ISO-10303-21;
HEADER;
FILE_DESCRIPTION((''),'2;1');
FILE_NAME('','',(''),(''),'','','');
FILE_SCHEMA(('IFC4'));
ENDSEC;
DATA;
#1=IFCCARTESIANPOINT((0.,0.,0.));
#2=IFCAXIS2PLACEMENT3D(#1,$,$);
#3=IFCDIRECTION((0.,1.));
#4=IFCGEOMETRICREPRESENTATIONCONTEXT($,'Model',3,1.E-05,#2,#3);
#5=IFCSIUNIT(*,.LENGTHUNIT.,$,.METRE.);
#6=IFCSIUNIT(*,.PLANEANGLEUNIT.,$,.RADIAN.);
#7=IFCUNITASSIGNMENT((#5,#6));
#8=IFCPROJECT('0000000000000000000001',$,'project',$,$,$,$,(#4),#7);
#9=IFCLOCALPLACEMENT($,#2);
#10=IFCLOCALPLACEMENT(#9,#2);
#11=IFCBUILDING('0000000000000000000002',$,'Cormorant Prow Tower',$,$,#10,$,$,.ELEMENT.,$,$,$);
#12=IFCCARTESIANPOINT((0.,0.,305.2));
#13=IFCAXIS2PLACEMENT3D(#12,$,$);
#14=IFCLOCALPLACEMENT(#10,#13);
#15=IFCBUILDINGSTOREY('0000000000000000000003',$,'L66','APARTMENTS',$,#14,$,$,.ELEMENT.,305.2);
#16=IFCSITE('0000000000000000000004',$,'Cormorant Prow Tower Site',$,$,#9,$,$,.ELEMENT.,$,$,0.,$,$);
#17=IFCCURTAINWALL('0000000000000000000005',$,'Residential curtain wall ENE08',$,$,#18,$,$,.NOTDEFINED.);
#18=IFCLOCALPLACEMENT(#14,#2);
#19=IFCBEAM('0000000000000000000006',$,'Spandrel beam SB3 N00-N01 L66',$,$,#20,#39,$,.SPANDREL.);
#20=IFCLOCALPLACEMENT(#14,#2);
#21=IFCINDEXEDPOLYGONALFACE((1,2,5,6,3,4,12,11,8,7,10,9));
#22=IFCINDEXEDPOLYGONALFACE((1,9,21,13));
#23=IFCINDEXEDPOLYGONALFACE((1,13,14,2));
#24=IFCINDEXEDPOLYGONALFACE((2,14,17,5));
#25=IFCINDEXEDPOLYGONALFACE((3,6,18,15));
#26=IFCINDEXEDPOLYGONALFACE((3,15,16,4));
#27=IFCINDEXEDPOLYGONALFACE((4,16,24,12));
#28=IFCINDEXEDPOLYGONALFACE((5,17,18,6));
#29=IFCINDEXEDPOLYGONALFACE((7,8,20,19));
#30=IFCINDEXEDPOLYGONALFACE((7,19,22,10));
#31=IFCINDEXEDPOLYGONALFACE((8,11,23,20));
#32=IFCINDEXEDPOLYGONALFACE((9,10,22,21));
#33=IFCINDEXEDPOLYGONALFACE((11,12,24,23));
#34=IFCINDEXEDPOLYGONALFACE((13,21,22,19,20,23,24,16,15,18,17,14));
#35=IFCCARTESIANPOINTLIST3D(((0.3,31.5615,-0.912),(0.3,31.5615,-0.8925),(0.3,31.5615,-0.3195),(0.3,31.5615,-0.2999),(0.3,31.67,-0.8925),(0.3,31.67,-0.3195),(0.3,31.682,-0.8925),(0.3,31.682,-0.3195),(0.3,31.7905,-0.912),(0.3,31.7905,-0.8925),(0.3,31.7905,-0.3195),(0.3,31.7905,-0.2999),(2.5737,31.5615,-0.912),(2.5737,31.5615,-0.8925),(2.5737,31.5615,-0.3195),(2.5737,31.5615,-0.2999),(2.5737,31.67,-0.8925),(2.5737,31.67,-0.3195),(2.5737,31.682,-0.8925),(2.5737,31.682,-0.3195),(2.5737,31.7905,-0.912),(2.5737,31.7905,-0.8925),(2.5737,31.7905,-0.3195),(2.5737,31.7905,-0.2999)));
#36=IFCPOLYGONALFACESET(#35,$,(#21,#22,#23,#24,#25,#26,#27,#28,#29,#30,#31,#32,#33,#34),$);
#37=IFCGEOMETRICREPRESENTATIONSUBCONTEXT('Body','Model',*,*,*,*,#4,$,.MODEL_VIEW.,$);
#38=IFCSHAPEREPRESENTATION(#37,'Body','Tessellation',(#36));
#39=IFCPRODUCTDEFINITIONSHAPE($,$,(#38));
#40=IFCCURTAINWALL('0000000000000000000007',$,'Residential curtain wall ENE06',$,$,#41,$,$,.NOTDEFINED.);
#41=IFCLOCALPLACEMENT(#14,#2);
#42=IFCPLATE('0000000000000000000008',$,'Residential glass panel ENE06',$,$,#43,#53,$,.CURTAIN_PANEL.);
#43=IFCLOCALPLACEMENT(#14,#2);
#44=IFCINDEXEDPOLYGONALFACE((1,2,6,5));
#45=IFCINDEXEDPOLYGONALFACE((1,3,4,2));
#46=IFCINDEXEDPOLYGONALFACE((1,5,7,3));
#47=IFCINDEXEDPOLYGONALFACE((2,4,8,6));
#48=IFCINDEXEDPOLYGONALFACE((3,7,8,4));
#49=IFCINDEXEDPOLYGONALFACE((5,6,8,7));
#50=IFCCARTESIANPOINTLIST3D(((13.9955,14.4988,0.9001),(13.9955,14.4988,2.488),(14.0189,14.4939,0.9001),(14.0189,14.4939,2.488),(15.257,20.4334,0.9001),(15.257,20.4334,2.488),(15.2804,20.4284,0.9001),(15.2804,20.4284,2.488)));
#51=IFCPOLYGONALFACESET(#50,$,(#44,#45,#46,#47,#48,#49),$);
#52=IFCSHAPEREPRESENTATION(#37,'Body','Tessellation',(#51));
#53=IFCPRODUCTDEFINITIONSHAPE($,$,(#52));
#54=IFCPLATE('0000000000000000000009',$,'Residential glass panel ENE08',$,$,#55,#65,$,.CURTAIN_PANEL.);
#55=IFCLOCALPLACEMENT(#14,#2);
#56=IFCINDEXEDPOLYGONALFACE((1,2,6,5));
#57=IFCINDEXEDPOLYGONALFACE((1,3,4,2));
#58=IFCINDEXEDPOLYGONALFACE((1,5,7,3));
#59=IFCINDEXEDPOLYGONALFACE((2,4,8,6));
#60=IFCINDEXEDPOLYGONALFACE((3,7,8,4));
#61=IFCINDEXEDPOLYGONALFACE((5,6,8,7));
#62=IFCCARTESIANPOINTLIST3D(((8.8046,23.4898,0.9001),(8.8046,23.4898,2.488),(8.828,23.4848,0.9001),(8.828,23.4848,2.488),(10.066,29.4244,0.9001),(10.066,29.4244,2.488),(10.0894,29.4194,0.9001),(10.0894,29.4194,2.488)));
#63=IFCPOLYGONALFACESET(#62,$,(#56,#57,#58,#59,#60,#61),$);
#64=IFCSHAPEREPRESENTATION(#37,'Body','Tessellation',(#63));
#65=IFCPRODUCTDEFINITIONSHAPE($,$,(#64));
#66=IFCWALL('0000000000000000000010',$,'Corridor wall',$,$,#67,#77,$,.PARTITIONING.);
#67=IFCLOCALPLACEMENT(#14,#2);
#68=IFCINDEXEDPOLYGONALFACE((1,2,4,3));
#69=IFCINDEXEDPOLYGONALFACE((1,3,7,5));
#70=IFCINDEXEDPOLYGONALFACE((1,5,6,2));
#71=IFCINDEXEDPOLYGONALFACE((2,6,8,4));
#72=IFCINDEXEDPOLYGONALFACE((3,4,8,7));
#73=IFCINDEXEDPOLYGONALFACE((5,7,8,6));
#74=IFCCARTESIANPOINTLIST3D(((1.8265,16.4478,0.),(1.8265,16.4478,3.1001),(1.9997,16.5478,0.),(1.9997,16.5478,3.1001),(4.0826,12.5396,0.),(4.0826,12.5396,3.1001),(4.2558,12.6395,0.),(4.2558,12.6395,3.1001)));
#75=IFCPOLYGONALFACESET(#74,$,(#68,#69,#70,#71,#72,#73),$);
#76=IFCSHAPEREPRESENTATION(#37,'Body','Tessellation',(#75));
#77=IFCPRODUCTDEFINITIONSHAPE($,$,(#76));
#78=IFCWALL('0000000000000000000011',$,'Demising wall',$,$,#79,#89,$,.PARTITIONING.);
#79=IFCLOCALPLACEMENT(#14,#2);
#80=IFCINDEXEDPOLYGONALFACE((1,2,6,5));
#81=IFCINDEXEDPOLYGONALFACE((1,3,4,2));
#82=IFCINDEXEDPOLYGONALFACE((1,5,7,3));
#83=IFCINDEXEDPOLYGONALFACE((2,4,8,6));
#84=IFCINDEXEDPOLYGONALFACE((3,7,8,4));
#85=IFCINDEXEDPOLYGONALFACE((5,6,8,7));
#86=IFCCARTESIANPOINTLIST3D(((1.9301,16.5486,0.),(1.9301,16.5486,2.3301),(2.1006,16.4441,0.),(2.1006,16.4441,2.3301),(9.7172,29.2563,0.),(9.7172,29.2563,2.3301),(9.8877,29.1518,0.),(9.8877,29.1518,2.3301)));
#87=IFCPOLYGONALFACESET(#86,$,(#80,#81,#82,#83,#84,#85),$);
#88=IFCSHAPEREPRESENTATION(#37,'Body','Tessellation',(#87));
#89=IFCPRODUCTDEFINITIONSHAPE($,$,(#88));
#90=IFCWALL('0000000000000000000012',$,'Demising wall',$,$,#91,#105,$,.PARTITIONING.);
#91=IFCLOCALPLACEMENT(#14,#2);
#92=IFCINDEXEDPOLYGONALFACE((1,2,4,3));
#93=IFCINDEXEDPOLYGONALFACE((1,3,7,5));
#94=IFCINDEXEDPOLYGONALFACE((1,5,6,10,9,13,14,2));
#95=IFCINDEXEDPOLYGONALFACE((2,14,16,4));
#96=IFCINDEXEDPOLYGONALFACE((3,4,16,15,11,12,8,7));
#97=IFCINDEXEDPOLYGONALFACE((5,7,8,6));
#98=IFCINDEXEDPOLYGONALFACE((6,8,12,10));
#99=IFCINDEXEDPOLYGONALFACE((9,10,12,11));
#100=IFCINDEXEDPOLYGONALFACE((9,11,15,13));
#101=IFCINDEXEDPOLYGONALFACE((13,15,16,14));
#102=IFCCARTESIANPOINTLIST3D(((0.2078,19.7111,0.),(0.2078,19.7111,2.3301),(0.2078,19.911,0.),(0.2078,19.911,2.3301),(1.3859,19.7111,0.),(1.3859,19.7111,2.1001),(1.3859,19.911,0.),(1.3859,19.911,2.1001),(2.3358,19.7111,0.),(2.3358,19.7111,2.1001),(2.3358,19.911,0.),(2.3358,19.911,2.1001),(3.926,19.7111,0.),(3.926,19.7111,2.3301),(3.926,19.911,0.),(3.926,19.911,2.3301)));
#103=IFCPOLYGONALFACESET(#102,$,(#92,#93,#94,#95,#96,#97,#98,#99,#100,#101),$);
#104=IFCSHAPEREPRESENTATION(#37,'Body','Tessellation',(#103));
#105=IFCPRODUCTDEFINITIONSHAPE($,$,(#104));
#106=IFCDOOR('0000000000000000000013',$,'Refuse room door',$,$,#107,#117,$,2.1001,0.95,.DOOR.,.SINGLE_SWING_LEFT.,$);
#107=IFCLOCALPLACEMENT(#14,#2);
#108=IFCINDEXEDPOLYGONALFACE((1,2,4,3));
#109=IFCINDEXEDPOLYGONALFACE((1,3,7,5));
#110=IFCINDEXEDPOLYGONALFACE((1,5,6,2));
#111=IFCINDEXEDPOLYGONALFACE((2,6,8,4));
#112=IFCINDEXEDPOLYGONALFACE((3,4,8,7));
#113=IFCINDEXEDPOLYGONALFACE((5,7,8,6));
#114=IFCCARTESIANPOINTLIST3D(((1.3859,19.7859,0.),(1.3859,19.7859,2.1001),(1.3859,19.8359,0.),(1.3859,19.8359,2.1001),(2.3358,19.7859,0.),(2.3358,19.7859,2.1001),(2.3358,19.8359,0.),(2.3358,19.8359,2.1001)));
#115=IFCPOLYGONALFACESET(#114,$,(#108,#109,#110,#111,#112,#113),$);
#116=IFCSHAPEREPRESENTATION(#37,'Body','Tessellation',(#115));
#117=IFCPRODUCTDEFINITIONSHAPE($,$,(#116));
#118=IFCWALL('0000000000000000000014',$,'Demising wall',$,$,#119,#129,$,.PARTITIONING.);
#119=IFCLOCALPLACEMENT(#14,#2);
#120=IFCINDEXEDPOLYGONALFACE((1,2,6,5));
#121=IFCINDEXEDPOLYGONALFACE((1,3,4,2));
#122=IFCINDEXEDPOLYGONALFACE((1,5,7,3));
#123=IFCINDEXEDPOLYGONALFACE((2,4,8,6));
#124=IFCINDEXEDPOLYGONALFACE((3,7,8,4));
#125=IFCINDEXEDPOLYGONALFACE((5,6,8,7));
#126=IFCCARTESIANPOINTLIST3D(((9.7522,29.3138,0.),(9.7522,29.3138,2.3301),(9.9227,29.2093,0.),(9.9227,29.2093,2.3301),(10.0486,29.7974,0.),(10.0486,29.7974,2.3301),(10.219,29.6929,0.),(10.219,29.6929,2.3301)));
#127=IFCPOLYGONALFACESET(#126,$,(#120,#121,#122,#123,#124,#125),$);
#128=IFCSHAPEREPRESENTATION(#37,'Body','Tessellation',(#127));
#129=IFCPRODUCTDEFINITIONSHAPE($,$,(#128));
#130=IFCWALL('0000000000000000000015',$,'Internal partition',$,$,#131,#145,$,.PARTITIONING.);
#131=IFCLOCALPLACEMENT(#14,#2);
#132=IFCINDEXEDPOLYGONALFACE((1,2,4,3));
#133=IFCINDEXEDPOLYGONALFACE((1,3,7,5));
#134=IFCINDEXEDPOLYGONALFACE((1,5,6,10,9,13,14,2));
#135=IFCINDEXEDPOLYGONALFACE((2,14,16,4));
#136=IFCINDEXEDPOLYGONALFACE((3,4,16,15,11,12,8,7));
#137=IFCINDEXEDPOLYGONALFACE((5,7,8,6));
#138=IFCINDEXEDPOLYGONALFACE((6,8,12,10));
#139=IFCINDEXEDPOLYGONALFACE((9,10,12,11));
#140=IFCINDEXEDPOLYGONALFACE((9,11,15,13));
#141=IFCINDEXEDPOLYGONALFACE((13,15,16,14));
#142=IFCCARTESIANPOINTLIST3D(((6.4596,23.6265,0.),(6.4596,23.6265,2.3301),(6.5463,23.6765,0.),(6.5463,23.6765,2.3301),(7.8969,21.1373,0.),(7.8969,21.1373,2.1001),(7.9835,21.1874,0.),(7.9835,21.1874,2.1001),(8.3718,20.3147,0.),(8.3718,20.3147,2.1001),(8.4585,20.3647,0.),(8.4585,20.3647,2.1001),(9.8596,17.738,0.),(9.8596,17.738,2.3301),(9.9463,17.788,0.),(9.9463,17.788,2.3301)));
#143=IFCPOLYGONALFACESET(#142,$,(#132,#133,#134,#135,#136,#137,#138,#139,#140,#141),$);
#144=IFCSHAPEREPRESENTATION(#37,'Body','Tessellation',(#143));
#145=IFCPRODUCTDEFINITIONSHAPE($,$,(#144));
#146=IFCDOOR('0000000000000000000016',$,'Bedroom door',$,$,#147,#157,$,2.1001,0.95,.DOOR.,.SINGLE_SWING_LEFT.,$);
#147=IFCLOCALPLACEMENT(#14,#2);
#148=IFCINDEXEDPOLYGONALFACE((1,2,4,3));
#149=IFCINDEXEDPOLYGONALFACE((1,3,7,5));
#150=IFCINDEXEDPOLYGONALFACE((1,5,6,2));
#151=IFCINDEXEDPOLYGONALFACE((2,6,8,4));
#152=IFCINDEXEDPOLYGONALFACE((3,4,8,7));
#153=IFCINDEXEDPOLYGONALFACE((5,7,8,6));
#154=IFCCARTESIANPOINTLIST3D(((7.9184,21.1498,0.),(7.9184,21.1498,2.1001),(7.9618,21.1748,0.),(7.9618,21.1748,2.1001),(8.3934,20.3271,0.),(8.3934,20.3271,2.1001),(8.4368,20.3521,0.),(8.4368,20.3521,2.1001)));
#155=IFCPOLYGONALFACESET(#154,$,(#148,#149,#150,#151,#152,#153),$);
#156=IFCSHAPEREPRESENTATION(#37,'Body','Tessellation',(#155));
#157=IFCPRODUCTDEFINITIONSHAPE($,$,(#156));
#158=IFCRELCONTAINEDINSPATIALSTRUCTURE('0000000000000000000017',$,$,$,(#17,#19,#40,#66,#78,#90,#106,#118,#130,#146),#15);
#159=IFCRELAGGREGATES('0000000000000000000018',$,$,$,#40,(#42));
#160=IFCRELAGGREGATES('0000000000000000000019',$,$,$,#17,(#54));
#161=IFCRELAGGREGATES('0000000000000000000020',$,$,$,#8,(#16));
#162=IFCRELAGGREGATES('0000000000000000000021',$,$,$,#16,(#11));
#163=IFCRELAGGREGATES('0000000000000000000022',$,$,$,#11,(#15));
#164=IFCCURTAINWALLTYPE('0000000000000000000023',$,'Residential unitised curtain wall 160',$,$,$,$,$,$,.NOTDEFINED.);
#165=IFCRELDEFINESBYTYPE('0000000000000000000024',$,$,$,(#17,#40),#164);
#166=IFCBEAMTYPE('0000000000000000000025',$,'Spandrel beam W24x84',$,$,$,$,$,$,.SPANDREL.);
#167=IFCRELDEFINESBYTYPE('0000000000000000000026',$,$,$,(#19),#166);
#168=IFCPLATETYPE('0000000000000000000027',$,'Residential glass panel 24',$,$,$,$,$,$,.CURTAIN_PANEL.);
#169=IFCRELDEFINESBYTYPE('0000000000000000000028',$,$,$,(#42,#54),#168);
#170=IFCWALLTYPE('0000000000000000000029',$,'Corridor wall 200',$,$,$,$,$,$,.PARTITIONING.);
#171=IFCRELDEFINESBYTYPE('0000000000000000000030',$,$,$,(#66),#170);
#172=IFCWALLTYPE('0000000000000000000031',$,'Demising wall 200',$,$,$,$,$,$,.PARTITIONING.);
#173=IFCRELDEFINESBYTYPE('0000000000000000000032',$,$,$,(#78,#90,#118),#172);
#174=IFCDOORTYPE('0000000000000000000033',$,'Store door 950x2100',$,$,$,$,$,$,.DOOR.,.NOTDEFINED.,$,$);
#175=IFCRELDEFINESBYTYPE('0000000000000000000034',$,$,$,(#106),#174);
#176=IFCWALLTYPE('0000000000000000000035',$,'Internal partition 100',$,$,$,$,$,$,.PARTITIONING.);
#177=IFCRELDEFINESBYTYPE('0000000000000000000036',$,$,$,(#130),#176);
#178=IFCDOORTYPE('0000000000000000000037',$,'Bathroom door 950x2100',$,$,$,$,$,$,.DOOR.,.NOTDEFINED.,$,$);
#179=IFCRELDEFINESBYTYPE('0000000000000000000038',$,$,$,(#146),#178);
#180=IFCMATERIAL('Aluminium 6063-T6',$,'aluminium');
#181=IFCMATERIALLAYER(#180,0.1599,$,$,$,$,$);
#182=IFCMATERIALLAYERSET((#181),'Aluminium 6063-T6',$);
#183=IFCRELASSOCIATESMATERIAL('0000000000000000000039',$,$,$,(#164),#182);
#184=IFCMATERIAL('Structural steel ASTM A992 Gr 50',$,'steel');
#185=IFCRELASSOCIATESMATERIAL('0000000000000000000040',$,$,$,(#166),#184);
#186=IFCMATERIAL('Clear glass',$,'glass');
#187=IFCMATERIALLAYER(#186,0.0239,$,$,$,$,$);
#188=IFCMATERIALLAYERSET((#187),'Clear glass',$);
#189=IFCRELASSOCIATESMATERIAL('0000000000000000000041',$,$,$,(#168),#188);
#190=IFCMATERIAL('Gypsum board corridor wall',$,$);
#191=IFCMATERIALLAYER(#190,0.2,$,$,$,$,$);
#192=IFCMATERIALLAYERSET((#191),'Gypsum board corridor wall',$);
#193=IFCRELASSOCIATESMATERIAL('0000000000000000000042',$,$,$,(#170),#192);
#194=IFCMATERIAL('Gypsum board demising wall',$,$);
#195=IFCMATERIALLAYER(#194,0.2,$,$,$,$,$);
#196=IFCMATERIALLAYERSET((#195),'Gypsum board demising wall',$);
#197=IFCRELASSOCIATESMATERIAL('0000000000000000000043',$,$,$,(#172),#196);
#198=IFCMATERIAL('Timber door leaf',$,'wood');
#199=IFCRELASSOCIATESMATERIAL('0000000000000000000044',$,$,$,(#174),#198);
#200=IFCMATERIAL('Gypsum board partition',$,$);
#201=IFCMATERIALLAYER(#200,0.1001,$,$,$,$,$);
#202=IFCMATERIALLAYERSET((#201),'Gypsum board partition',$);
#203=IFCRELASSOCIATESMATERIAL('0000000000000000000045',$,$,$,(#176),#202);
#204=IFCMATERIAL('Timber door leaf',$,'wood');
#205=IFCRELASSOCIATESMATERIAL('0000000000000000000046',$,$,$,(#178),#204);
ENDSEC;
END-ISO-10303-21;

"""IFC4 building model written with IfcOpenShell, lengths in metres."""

from ifc_helpers import new_model, si_unit, direction, frame, frame_2d, origin, origin_2d, place, context, subcontext, project, spatial, rectangle, i_section, extrude, material, layer, layer_set, material_profile, profile_set, type_object, element, fill, aggregate, save


model = new_model("IFC4")

# Units and contexts
model_context = context("Model", 3, precision=1e-05, world=origin(), true_north=direction((0.0, 1.0)))
body_context = subcontext(model_context, "Body", "Model", "MODEL_VIEW")
ifc_project = project(units=[si_unit("LENGTHUNIT", "METRE"), si_unit("PLANEANGLEUNIT", "RADIAN")], contexts=[model_context])

# Site, building, storey
site_placement = place(None, origin())
site = spatial("IfcSite", under=ifc_project, at=site_placement, Name="Cormorant Prow Tower Site", CompositionType="ELEMENT", RefElevation=0.0)
building_placement = place(site_placement, origin())
building = spatial("IfcBuilding", under=site, at=building_placement, Name="Cormorant Prow Tower", CompositionType="ELEMENT")
storey_placement = place(building_placement, frame((0.0, 0.0, 305.2)))
storey = spatial("IfcBuildingStorey", under=building, at=storey_placement, Name="L66", Description="APARTMENTS", CompositionType="ELEMENT", Elevation=305.2)

# Curtain wall
ifc_material_1 = material(Name="Aluminium 6063-T6", Category="aluminium")
ifc_layer_1 = layer(ifc_material_1, 0.1599)
ifc_layer_set_1 = layer_set([ifc_layer_1], Name="Aluminium 6063-T6")
curtain_wall_type = type_object("IfcCurtainWallType", Name="Residential unitised curtain wall 160", PredefinedType="NOTDEFINED", material=ifc_layer_set_1)
curtain_wall_1_placement = place(storey_placement, origin())
curtain_wall_1 = element("IfcCurtainWall", 1, at=curtain_wall_1_placement, inside=storey, type_object=curtain_wall_type, Name="Residential curtain wall ENE08", PredefinedType="NOTDEFINED")

# Beam
ifc_material_2 = material(Name="Structural steel ASTM A992 Gr 50", Category="steel")
ifc_material_profile_1 = material_profile(ifc_material_2, i_section(OverallWidth=0.229, OverallDepth=0.6121, WebThickness=0.012, FlangeThickness=0.0195, at=origin_2d()), Name="W24x84")
ifc_profile_set_1 = profile_set([ifc_material_profile_1], Name="Structural steel ASTM A992 Gr 50")
beam_type = type_object("IfcBeamType", Name="Spandrel beam W24x84", PredefinedType="SPANDREL", material=ifc_profile_set_1)
beam_1_placement = place(storey_placement, frame((2.5737, 31.676, -0.606), z_axis=(-1.0, 0.0, 0.0), x_axis=(0.0, -1.0, 0.0)))
element("IfcBeam", 2, at=beam_1_placement, inside=storey, type_object=beam_type, Name="Spandrel beam SB3 N00-N01 L66", PredefinedType="SPANDREL", context=body_context, shape_type="SweptSolid", body=[
    extrude(i_section(OverallWidth=0.229, OverallDepth=0.6121, WebThickness=0.012, FlangeThickness=0.0195, at=origin_2d()), origin(), (0.0, 0.0, 1.0), 2.2737),
])

# Curtain wall, plate
curtain_wall_2_placement = place(storey_placement, origin())
curtain_wall_2 = element("IfcCurtainWall", 3, at=curtain_wall_2_placement, inside=storey, type_object=curtain_wall_type, Name="Residential curtain wall ENE06", PredefinedType="NOTDEFINED")
ifc_material_3 = material(Name="Clear glass", Category="glass")
ifc_layer_2 = layer(ifc_material_3, 0.0239)
ifc_layer_set_2 = layer_set([ifc_layer_2], Name="Clear glass")
plate_type = type_object("IfcPlateType", Name="Residential glass panel 24", PredefinedType="CURTAIN_PANEL", material=ifc_layer_set_2)
plate_1_placement = place(storey_placement, frame((14.6379, 17.4636, 0.9001), z_axis=(0.0, 0.0, 1.0), x_axis=(0.207912, 0.978148, 0.0)))
plate_1 = element("IfcPlate", 4, at=plate_1_placement, type_object=plate_type, Name="Residential glass panel ENE06", PredefinedType="CURTAIN_PANEL", context=body_context, shape_type="SweptSolid", body=[
    extrude(rectangle(XDim=6.0671, YDim=0.0239, at=origin_2d()), origin(), (0.0, 0.0, 1.0), 1.5879),
])
aggregate(curtain_wall_2, [plate_1])

# Plate
plate_2_placement = place(storey_placement, frame((9.447, 26.4546, 0.9001), z_axis=(0.0, 0.0, 1.0), x_axis=(0.207912, 0.978148, 0.0)))
plate_2 = element("IfcPlate", 5, at=plate_2_placement, type_object=plate_type, Name="Residential glass panel ENE08", PredefinedType="CURTAIN_PANEL", context=body_context, shape_type="SweptSolid", body=[
    extrude(rectangle(XDim=6.0671, YDim=0.0239, at=origin_2d()), origin(), (0.0, 0.0, 1.0), 1.5879),
])
aggregate(curtain_wall_1, [plate_2])

# Walls
ifc_material_4 = material(Name="Gypsum board corridor wall")
ifc_layer_3 = layer(ifc_material_4, 0.2)
ifc_layer_set_3 = layer_set([ifc_layer_3], Name="Gypsum board corridor wall")
wall_type_1 = type_object("IfcWallType", Name="Corridor wall 200", PredefinedType="PARTITIONING", material=ifc_layer_set_3)
wall_1_placement = place(storey_placement, frame((1.9131, 16.4978, 0.0), z_axis=(0.0, 0.0, 1.0), x_axis=(0.49995, -0.866054, 0.0)))
element("IfcWall", 6, at=wall_1_placement, inside=storey, type_object=wall_type_1, Name="Corridor wall", PredefinedType="PARTITIONING", context=body_context, shape_type="SweptSolid", body=[
    extrude(rectangle(XDim=4.5127, YDim=0.2, at=frame_2d((2.2563, 0.0))), origin(), (0.0, 0.0, 1.0), 3.1001),
])
ifc_material_5 = material(Name="Gypsum board demising wall")
ifc_layer_4 = layer(ifc_material_5, 0.2)
ifc_layer_set_4 = layer_set([ifc_layer_4], Name="Gypsum board demising wall")
wall_type_2 = type_object("IfcWallType", Name="Demising wall 200", PredefinedType="PARTITIONING", material=ifc_layer_set_4)
wall_2_placement = place(storey_placement, frame((2.0154, 16.4963, 0.0), z_axis=(0.0, 0.0, 1.0), x_axis=(0.522488, 0.852647, 0.0)))
element("IfcWall", 7, at=wall_2_placement, inside=storey, type_object=wall_type_2, Name="Demising wall", PredefinedType="PARTITIONING", context=body_context, shape_type="SweptSolid", body=[
    extrude(rectangle(XDim=14.9038, YDim=0.2, at=frame_2d((7.4519, 0.0))), origin(), (0.0, 0.0, 1.0), 2.3301),
])

# Wall, opening, door
wall_3_placement = place(storey_placement, frame((0.2078, 19.811, 0.0), z_axis=(0.0, 0.0, 1.0), x_axis=(1.0, 0.0, 0.0)))
wall_3 = element("IfcWall", 8, at=wall_3_placement, inside=storey, type_object=wall_type_2, Name="Demising wall", PredefinedType="PARTITIONING", context=body_context, shape_type="SweptSolid", body=[
    extrude(rectangle(XDim=3.7183, YDim=0.2, at=frame_2d((1.8591, 0.0))), origin(), (0.0, 0.0, 1.0), 2.3301),
])
opening_1_placement = place(wall_3_placement, frame((1.178, 0.0, 0.0)))
opening_1 = element("IfcOpeningElement", 9, at=opening_1_placement, cuts=wall_3, PredefinedType="OPENING", context=body_context, shape_type="SweptSolid", body=[
    extrude(rectangle(XDim=0.95, YDim=2.1001, at=frame_2d((0.4751, 1.05))), frame((0.0, 0.1099, 0.0), z_axis=(0.0, -1.0, 0.0), x_axis=(1.0, 0.0, 0.0)), (0.0, 0.0, 1.0), 0.22),
])
ifc_material_6 = material(Name="Timber door leaf", Category="wood")
door_type_1 = type_object("IfcDoorType", Name="Store door 950x2100", OperationType="NOTDEFINED", PredefinedType="DOOR", material=ifc_material_6)
door_1_placement = place(opening_1_placement, origin())
door_1 = element("IfcDoor", 10, at=door_1_placement, inside=storey, type_object=door_type_1, Name="Refuse room door", OperationType="SINGLE_SWING_LEFT", OverallHeight=2.1001, OverallWidth=0.95, PredefinedType="DOOR", context=body_context, shape_type="SweptSolid", body=[
    extrude(rectangle(XDim=0.95, YDim=2.1001, at=frame_2d((0.4751, 1.05))), frame((0.0, 0.0249, 0.0), z_axis=(0.0, -1.0, 0.0), x_axis=(1.0, 0.0, 0.0)), (0.0, 0.0, 1.0), 0.05),
])
fill(opening_1, door_1)

# Wall
wall_4_placement = place(storey_placement, frame((9.8374, 29.2615, 0.0), z_axis=(0.0, 0.0, 1.0), x_axis=(0.522512, 0.852632, 0.0)))
element("IfcWall", 11, at=wall_4_placement, inside=storey, type_object=wall_type_2, Name="Demising wall", PredefinedType="PARTITIONING", context=body_context, shape_type="SweptSolid", body=[
    extrude(rectangle(XDim=0.5671, YDim=0.2, at=frame_2d((0.2837, 0.0))), origin(), (0.0, 0.0, 1.0), 2.3301),
])

# Wall, opening, door
ifc_material_7 = material(Name="Gypsum board partition")
ifc_layer_5 = layer(ifc_material_7, 0.1001)
ifc_layer_set_5 = layer_set([ifc_layer_5], Name="Gypsum board partition")
wall_type_3 = type_object("IfcWallType", Name="Internal partition 100", PredefinedType="PARTITIONING", material=ifc_layer_set_5)
wall_5_placement = place(storey_placement, frame((6.5029, 23.6516, 0.0), z_axis=(0.0, 0.0, 1.0), x_axis=(0.500024, -0.866012, 0.0)))
wall_5 = element("IfcWall", 12, at=wall_5_placement, inside=storey, type_object=wall_type_3, Name="Internal partition", PredefinedType="PARTITIONING", context=body_context, shape_type="SweptSolid", body=[
    extrude(rectangle(XDim=6.7996, YDim=0.1001, at=frame_2d((3.3999, 0.0))), origin(), (0.0, 0.0, 1.0), 2.3301),
])
opening_2_placement = place(wall_5_placement, frame((2.8743, 0.0, 0.0)))
opening_2 = element("IfcOpeningElement", 13, at=opening_2_placement, cuts=wall_5, PredefinedType="OPENING", context=body_context, shape_type="SweptSolid", body=[
    extrude(rectangle(XDim=0.95, YDim=2.1001, at=frame_2d((0.4751, 1.05))), frame((0.0, 0.0601, 0.0), z_axis=(0.0, -1.0, 0.0), x_axis=(1.0, 0.0, 0.0)), (0.0, 0.0, 1.0), 0.1201),
])
ifc_material_8 = material(Name="Timber door leaf", Category="wood")
door_type_2 = type_object("IfcDoorType", Name="Bathroom door 950x2100", OperationType="NOTDEFINED", PredefinedType="DOOR", material=ifc_material_8)
door_2_placement = place(opening_2_placement, origin())
door_2 = element("IfcDoor", 14, at=door_2_placement, inside=storey, type_object=door_type_2, Name="Bedroom door", OperationType="SINGLE_SWING_LEFT", OverallHeight=2.1001, OverallWidth=0.95, PredefinedType="DOOR", context=body_context, shape_type="SweptSolid", body=[
    extrude(rectangle(XDim=0.95, YDim=2.1001, at=frame_2d((0.4751, 1.05))), frame((0.0, 0.0249, 0.0), z_axis=(0.0, -1.0, 0.0), x_axis=(1.0, 0.0, 0.0)), (0.0, 0.0, 1.0), 0.05),
])
fill(opening_2, door_2)

save(model, "model.ifc")
